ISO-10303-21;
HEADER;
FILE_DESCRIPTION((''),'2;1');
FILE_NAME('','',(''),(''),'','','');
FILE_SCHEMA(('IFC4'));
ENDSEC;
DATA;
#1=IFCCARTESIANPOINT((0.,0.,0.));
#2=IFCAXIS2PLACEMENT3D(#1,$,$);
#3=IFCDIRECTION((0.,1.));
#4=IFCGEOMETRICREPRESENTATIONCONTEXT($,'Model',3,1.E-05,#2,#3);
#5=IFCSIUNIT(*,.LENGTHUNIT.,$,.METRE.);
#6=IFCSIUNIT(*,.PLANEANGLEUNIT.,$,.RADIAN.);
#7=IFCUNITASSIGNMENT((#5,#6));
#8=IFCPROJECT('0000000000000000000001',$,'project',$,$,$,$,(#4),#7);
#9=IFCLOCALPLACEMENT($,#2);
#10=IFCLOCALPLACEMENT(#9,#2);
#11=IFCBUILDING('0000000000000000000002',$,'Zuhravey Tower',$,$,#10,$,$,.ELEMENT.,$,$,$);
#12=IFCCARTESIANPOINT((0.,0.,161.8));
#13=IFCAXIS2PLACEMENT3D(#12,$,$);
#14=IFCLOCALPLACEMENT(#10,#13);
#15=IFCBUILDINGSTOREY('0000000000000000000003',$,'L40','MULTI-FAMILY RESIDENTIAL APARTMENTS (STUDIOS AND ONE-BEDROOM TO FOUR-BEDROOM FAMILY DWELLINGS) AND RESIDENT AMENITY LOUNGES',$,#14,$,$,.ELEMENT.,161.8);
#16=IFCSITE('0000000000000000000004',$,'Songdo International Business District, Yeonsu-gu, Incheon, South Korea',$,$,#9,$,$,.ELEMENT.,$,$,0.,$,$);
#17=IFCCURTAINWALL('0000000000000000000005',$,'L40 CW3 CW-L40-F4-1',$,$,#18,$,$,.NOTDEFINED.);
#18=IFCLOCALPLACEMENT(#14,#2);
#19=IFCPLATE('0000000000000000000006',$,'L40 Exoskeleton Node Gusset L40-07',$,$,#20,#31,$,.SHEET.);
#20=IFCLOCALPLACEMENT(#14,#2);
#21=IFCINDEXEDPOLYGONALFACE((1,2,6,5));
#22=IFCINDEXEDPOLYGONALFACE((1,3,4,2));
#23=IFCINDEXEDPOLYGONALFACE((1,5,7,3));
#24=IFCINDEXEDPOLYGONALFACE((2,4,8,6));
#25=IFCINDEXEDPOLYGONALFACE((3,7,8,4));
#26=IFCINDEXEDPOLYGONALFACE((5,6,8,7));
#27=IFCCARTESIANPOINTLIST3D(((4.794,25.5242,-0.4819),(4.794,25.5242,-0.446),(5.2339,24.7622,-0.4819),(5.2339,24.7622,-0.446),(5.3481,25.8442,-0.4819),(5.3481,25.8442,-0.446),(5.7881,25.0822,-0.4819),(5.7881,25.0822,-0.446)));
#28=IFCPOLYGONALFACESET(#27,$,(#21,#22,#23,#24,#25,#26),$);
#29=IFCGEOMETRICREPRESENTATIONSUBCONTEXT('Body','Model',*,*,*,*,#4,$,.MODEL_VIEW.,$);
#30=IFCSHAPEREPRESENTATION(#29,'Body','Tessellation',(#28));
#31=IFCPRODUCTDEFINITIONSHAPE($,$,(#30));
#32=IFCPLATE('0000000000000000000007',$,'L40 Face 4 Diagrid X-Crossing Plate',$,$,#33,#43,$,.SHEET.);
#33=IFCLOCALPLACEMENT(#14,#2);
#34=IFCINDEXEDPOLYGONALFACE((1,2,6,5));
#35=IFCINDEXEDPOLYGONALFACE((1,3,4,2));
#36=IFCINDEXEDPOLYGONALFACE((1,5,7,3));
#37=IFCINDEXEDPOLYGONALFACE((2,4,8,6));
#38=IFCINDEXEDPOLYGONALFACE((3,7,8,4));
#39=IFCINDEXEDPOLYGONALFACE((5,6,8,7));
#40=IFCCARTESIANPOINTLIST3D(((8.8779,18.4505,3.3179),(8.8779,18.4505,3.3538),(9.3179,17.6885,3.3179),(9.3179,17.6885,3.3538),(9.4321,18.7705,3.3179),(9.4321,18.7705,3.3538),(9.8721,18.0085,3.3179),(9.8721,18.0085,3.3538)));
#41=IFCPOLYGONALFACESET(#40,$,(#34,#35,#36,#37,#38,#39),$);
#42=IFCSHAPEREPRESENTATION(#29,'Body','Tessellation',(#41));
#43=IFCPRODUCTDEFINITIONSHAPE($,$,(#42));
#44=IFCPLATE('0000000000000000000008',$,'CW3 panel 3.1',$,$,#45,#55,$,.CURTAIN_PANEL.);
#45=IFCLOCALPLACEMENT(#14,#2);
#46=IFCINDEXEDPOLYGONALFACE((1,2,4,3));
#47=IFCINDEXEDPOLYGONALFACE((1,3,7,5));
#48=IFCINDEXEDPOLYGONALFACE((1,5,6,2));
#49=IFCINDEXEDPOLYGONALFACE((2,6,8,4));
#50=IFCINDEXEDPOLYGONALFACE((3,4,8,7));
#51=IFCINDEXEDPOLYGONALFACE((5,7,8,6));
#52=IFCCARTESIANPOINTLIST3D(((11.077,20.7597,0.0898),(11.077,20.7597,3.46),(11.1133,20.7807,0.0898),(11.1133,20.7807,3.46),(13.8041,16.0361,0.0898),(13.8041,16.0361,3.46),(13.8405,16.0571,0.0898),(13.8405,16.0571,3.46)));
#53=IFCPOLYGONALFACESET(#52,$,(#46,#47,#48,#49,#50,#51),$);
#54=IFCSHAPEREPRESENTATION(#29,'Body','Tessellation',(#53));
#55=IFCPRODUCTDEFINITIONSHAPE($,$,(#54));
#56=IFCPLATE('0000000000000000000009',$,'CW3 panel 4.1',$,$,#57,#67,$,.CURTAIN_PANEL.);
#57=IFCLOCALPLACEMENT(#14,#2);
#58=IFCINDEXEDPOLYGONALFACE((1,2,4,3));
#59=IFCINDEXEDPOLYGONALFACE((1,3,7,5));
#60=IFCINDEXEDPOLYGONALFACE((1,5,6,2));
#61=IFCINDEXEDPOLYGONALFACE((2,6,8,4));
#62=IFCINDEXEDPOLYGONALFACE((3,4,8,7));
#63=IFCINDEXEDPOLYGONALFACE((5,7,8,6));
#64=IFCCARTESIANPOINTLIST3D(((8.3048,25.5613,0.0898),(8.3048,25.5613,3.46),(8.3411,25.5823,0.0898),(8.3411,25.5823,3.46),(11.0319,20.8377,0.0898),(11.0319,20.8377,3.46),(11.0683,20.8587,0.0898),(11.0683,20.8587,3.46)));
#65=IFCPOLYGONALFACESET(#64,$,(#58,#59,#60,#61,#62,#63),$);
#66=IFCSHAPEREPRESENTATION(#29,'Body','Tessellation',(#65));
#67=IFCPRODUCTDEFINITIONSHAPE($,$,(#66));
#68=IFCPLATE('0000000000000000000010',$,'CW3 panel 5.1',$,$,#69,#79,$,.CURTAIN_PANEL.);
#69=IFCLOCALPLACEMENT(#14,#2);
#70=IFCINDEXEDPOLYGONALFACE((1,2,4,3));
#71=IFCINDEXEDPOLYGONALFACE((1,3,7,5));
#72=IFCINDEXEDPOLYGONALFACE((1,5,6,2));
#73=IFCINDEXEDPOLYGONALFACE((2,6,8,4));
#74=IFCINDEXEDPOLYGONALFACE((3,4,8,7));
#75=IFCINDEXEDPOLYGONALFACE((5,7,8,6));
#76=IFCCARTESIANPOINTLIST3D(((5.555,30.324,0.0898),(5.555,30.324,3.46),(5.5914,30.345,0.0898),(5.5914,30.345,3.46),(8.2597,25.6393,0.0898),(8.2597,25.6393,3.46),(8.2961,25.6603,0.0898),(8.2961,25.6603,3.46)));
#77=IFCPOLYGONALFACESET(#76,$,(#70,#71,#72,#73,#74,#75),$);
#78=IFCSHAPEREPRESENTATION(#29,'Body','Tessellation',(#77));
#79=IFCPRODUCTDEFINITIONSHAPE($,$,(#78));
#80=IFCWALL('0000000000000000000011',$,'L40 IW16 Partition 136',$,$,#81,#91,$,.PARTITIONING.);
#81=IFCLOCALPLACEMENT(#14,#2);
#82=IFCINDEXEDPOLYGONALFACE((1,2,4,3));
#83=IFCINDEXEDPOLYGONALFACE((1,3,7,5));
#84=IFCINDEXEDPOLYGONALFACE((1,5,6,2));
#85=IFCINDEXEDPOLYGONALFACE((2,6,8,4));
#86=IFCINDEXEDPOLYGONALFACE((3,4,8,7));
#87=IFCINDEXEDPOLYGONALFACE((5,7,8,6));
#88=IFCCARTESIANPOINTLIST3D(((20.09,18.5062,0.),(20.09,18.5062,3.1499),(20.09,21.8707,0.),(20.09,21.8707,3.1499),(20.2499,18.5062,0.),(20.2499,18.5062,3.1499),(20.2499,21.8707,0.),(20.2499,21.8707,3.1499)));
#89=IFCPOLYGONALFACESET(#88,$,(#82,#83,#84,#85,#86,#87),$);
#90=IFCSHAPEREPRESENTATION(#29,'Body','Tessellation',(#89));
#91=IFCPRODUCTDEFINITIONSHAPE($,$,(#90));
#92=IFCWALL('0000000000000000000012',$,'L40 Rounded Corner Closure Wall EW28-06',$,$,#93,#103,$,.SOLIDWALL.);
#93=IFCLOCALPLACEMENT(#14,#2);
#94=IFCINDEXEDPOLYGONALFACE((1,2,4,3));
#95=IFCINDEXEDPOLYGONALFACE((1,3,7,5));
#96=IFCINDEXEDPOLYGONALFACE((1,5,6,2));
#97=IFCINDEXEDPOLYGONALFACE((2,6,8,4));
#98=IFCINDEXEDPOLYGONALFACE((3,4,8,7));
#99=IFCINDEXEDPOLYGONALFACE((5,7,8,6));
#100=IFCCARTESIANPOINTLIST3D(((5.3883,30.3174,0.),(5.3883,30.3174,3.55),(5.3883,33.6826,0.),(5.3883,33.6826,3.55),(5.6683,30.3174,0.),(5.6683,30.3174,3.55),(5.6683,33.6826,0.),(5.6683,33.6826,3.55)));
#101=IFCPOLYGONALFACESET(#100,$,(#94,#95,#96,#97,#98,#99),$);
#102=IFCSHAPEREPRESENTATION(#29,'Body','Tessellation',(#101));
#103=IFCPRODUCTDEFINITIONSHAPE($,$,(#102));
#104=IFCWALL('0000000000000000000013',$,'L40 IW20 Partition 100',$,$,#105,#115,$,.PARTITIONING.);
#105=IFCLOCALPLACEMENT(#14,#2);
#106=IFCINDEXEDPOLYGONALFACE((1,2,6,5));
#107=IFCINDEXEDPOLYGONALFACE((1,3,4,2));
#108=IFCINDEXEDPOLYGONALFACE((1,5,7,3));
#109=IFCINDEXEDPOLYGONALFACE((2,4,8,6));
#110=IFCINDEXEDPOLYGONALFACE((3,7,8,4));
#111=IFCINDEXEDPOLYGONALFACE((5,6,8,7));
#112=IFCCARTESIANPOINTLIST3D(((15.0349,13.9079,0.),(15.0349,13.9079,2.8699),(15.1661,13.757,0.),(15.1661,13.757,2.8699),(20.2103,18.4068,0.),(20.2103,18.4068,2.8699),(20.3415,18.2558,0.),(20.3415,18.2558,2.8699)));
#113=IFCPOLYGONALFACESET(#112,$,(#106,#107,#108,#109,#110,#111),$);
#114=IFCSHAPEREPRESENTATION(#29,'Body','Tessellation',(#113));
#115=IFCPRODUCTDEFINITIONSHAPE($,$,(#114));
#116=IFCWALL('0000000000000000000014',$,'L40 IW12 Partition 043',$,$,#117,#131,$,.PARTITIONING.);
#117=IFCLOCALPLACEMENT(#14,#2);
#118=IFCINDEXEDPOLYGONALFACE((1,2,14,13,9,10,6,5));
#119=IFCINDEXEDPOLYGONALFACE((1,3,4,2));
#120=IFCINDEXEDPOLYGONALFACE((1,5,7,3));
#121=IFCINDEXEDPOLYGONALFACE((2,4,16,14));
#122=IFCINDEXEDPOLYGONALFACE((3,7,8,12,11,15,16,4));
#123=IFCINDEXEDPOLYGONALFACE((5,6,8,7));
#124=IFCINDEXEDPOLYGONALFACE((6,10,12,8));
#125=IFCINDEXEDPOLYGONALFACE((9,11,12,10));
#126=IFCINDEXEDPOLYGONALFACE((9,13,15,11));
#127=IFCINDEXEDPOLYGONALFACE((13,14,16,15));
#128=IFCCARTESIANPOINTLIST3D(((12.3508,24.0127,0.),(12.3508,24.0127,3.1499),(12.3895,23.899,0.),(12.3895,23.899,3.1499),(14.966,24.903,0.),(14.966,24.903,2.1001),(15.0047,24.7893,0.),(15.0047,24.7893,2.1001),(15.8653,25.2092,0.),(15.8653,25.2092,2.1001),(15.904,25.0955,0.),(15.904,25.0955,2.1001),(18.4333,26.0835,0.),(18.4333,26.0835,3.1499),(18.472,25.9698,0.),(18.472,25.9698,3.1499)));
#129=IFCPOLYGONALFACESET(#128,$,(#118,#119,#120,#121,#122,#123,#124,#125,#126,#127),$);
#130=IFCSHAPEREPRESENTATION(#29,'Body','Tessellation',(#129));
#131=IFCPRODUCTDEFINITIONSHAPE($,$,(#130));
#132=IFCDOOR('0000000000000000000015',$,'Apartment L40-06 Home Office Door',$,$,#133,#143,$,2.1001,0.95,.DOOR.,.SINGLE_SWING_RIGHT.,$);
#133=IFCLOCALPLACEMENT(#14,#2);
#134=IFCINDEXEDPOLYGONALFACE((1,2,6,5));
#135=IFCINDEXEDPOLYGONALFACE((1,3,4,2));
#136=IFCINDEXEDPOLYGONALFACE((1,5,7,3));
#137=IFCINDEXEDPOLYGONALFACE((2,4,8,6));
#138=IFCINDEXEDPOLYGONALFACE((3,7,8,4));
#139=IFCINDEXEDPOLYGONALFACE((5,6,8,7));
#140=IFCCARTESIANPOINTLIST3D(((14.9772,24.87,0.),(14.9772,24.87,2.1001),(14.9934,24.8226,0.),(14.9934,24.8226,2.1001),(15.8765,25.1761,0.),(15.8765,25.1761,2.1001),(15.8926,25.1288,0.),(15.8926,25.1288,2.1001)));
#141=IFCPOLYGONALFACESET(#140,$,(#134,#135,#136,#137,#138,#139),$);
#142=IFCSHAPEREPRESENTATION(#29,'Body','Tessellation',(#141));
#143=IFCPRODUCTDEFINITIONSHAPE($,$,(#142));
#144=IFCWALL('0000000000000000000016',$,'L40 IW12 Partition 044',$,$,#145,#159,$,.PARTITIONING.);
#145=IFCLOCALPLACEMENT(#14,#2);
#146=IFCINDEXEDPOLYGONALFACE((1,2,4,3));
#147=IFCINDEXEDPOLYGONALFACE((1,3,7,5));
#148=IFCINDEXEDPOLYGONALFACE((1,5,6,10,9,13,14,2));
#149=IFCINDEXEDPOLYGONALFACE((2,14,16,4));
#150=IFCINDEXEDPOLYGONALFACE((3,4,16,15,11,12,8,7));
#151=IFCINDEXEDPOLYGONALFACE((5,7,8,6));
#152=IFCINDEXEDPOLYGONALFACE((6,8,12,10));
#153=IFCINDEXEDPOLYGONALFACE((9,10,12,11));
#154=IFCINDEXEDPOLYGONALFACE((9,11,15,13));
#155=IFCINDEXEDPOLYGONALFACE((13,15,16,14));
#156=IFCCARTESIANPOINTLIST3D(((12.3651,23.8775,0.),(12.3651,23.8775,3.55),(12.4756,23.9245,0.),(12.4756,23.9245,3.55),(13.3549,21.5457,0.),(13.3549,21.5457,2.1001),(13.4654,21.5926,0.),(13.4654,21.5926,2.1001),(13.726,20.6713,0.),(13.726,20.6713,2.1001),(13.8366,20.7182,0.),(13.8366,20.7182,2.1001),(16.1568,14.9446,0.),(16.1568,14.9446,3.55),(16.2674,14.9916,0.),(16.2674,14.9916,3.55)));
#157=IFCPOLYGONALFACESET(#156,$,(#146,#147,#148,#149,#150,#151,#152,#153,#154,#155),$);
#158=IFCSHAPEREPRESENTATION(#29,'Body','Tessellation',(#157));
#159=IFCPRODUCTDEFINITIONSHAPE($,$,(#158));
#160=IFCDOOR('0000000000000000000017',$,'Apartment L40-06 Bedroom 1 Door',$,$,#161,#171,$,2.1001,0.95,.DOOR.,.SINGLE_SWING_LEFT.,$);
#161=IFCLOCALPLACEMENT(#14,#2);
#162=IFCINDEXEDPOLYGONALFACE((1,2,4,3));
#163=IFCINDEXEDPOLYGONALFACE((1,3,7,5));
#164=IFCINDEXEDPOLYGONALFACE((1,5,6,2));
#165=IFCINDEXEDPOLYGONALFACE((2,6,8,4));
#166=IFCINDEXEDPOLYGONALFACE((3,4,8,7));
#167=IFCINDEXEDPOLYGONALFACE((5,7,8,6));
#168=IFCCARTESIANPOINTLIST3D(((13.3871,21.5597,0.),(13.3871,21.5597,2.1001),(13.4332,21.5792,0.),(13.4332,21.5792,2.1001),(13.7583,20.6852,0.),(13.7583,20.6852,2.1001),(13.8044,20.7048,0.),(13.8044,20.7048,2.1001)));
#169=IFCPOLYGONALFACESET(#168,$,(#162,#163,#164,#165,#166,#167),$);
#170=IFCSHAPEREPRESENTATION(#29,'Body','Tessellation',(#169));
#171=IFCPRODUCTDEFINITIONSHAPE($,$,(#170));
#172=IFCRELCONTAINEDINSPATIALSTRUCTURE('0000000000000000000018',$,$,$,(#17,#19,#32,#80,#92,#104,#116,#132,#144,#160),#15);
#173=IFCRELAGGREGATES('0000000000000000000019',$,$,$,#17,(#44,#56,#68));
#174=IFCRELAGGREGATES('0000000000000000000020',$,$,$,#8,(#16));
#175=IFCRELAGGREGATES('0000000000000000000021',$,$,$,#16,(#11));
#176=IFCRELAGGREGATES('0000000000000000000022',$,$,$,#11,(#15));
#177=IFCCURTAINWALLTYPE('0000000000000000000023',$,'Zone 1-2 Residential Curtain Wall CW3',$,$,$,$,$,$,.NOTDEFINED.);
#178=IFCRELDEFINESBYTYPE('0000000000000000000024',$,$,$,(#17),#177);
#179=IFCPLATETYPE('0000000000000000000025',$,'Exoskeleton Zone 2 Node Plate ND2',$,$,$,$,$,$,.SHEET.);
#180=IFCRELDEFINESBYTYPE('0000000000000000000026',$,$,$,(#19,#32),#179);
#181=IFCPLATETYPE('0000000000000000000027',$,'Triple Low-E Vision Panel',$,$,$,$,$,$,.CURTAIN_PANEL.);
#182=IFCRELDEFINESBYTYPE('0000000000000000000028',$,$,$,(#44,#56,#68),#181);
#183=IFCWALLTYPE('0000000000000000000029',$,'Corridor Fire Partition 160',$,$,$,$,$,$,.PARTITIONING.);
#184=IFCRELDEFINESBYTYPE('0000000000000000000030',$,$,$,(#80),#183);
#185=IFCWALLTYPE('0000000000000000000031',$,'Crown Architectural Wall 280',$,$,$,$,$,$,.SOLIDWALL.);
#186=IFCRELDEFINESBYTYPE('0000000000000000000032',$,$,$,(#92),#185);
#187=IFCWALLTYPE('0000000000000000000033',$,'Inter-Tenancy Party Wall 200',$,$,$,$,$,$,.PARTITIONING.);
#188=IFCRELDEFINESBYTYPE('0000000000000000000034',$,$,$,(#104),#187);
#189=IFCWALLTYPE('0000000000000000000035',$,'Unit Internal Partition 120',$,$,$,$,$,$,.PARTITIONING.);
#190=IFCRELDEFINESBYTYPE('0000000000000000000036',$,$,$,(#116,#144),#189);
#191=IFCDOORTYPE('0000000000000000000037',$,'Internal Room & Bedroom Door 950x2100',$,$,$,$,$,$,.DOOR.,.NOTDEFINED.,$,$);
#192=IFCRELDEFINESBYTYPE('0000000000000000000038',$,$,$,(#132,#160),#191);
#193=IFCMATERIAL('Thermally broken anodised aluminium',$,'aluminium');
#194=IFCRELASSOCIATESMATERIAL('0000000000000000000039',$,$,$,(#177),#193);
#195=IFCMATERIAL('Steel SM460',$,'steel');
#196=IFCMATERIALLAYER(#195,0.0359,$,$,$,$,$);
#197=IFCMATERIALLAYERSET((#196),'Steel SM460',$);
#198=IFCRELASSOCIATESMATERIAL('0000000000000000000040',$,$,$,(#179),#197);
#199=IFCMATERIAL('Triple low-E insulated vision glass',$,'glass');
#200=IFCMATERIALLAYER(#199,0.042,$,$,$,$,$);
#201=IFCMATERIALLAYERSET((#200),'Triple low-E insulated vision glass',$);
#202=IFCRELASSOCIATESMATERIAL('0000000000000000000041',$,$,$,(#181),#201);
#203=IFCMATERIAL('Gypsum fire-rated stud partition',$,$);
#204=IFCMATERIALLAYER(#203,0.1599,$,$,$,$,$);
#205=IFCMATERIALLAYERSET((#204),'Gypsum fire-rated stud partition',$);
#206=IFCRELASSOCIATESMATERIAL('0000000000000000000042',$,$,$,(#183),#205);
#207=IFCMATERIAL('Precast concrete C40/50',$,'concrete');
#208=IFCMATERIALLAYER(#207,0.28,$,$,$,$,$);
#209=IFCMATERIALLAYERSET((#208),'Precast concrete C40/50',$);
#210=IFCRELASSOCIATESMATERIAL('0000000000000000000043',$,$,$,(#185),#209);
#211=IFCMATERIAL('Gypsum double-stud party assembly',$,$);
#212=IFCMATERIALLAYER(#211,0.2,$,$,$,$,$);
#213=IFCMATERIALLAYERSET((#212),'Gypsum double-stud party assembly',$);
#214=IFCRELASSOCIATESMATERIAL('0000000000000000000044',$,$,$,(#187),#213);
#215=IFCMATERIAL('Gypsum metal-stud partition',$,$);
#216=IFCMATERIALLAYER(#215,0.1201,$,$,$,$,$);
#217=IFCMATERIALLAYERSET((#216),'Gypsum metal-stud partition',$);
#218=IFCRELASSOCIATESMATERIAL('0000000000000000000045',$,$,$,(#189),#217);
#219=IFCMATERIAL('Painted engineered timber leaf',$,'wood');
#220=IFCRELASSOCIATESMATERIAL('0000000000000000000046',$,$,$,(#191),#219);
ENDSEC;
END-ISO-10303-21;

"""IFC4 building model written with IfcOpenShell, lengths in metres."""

from ifc_helpers import new_model, si_unit, direction, frame, frame_2d, origin, origin_2d, place, context, subcontext, project, spatial, rectangle, extrude, material, layer, layer_set, type_object, element, fill, aggregate, save


model = new_model("IFC4")

# Units and contexts
model_context = context("Model", 3, precision=1e-05, world=origin(), true_north=direction((0.0, 1.0)))
body_context = subcontext(model_context, "Body", "Model", "MODEL_VIEW")
ifc_project = project(units=[si_unit("LENGTHUNIT", "METRE"), si_unit("PLANEANGLEUNIT", "RADIAN")], contexts=[model_context])

# Site, building, storey
site_placement = place(None, origin())
site = spatial("IfcSite", under=ifc_project, at=site_placement, Name="Songdo International Business District, Yeonsu-gu, Incheon, South Korea", CompositionType="ELEMENT", RefElevation=0.0)
building_placement = place(site_placement, origin())
building = spatial("IfcBuilding", under=site, at=building_placement, Name="Zuhravey Tower", CompositionType="ELEMENT")
storey_placement = place(building_placement, frame((0.0, 0.0, 161.8)))
storey = spatial("IfcBuildingStorey", under=building, at=storey_placement, Name="L40", Description="MULTI-FAMILY RESIDENTIAL APARTMENTS (STUDIOS AND ONE-BEDROOM TO FOUR-BEDROOM FAMILY DWELLINGS) AND RESIDENT AMENITY LOUNGES", CompositionType="ELEMENT", Elevation=161.8)

# Curtain wall
ifc_material_1 = material(Name="Thermally broken anodised aluminium", Category="aluminium")
curtain_wall_type = type_object("IfcCurtainWallType", Name="Zone 1-2 Residential Curtain Wall CW3", PredefinedType="NOTDEFINED", material=ifc_material_1)
curtain_wall_placement = place(storey_placement, origin())
curtain_wall = element("IfcCurtainWall", 1, at=curtain_wall_placement, inside=storey, type_object=curtain_wall_type, Name="L40 CW3 CW-L40-F4-1", PredefinedType="NOTDEFINED")

# Shared definitions
ifc_material_2 = material(Name="Steel SM460", Category="steel")

# Plates
ifc_layer_1 = layer(ifc_material_2, 0.0359)
ifc_layer_set_1 = layer_set([ifc_layer_1], Name="Steel SM460")
plate_type_1 = type_object("IfcPlateType", Name="Exoskeleton Zone 2 Node Plate ND2", PredefinedType="SHEET", material=ifc_layer_set_1)
for number, where, z_axis, x_axis, name in (
    (2, (5.291, 25.3032, -0.4819), (0.0, 0.0, 1.0), (0.5, -0.866025, 0.0), "L40 Exoskeleton Node Gusset L40-07"),
    (3, (9.375, 18.2295, 3.3179), (0.0, 0.0, 1.0), (0.5, -0.866025, 0.0), "L40 Face 4 Diagrid X-Crossing Plate"),
):
    element("IfcPlate", number, at=place(storey_placement, frame(where, z_axis=z_axis, x_axis=x_axis)), inside=storey, type_object=plate_type_1, Name=name, PredefinedType="SHEET", context=body_context, shape_type="SweptSolid", body=[
        extrude(rectangle(XDim=0.8799, YDim=0.6399, at=origin_2d()), origin(), (0.0, 0.0, 1.0), 0.0359),
    ])

# Plates
ifc_material_3 = material(Name="Triple low-E insulated vision glass", Category="glass")
ifc_layer_2 = layer(ifc_material_3, 0.042)
ifc_layer_set_2 = layer_set([ifc_layer_2], Name="Triple low-E insulated vision glass")
plate_type_2 = type_object("IfcPlateType", Name="Triple Low-E Vision Panel", PredefinedType="CURTAIN_PANEL", material=ifc_layer_set_2)
plate_1_placement = place(storey_placement, frame((12.4587, 18.4084, 0.0898), z_axis=(0.0, 0.0, 1.0), x_axis=(-0.5, 0.866025, 0.0)))
plate_1 = element("IfcPlate", 4, at=plate_1_placement, type_object=plate_type_2, Name="CW3 panel 3.1", PredefinedType="CURTAIN_PANEL", context=body_context, shape_type="SweptSolid", body=[
    extrude(rectangle(XDim=5.4543, YDim=0.042, at=origin_2d()), origin(), (0.0, 0.0, 1.0), 3.3701),
])
plate_2_placement = place(storey_placement, frame((9.6865, 23.21, 0.0898), z_axis=(0.0, 0.0, 1.0), x_axis=(-0.5, 0.866025, 0.0)))
plate_2 = element("IfcPlate", 5, at=plate_2_placement, type_object=plate_type_2, Name="CW3 panel 4.1", PredefinedType="CURTAIN_PANEL", context=body_context, shape_type="SweptSolid", body=[
    extrude(rectangle(XDim=5.4543, YDim=0.042, at=origin_2d()), origin(), (0.0, 0.0, 1.0), 3.3701),
])
plate_3_placement = place(storey_placement, frame((6.9255, 27.9922, 0.0898), z_axis=(0.0, 0.0, 1.0), x_axis=(-0.5, 0.866025, 0.0)))
plate_3 = element("IfcPlate", 6, at=plate_3_placement, type_object=plate_type_2, Name="CW3 panel 5.1", PredefinedType="CURTAIN_PANEL", context=body_context, shape_type="SweptSolid", body=[
    extrude(rectangle(XDim=5.4094, YDim=0.042, at=origin_2d()), origin(), (0.0, 0.0, 1.0), 3.3701),
])
aggregate(curtain_wall, [plate_1, plate_2, plate_3])

# Walls
ifc_material_4 = material(Name="Gypsum fire-rated stud partition")
ifc_layer_3 = layer(ifc_material_4, 0.1599)
ifc_layer_set_3 = layer_set([ifc_layer_3], Name="Gypsum fire-rated stud partition")
wall_type_1 = type_object("IfcWallType", Name="Corridor Fire Partition 160", PredefinedType="PARTITIONING", material=ifc_layer_set_3)
wall_1_placement = place(storey_placement, frame((20.1699, 21.8706, 0.0), z_axis=(0.0, 0.0, 1.0), x_axis=(0.0, -1.0, 0.0)))
element("IfcWall", 7, at=wall_1_placement, inside=storey, type_object=wall_type_1, Name="L40 IW16 Partition 136", PredefinedType="PARTITIONING", context=body_context, shape_type="SweptSolid", body=[
    extrude(rectangle(XDim=3.3645, YDim=0.1599, at=frame_2d((1.6821, 0.0))), origin(), (0.0, 0.0, 1.0), 3.1499),
])
ifc_material_5 = material(Name="Precast concrete C40/50", Category="concrete")
ifc_layer_4 = layer(ifc_material_5, 0.28)
ifc_layer_set_4 = layer_set([ifc_layer_4], Name="Precast concrete C40/50")
wall_type_2 = type_object("IfcWallType", Name="Crown Architectural Wall 280", PredefinedType="SOLIDWALL", material=ifc_layer_set_4)
wall_2_placement = place(storey_placement, frame((5.5283, 30.3174, 0.0), z_axis=(0.0, 0.0, 1.0), x_axis=(0.0, 1.0, 0.0)))
element("IfcWall", 8, at=wall_2_placement, inside=storey, type_object=wall_type_2, Name="L40 Rounded Corner Closure Wall EW28-06", PredefinedType="SOLIDWALL", context=body_context, shape_type="SweptSolid", body=[
    extrude(rectangle(XDim=3.3652, YDim=0.28, at=frame_2d((1.6826, 0.0))), origin(), (0.0, 0.0, 1.0), 3.55),
])
ifc_material_6 = material(Name="Gypsum double-stud party assembly")
ifc_layer_5 = layer(ifc_material_6, 0.2)
ifc_layer_set_5 = layer_set([ifc_layer_5], Name="Gypsum double-stud party assembly")
wall_type_3 = type_object("IfcWallType", Name="Inter-Tenancy Party Wall 200", PredefinedType="PARTITIONING", material=ifc_layer_set_5)
wall_3_placement = place(storey_placement, frame((20.2759, 18.3313, 0.0), z_axis=(0.0, 0.0, 1.0), x_axis=(-0.754712, -0.656056, 0.0)))
element("IfcWall", 9, at=wall_3_placement, inside=storey, type_object=wall_type_3, Name="L40 IW20 Partition 100", PredefinedType="PARTITIONING", context=body_context, shape_type="SweptSolid", body=[
    extrude(rectangle(XDim=6.8574, YDim=0.2, at=frame_2d((3.4287, 0.0))), origin(), (0.0, 0.0, 1.0), 2.8699),
])

# Walls, openings, doors
ifc_material_7 = material(Name="Gypsum metal-stud partition")
ifc_layer_6 = layer(ifc_material_7, 0.1201)
ifc_layer_set_6 = layer_set([ifc_layer_6], Name="Gypsum metal-stud partition")
wall_type_4 = type_object("IfcWallType", Name="Unit Internal Partition 120", PredefinedType="PARTITIONING", material=ifc_layer_set_6)
wall_4_placement = place(storey_placement, frame((18.4526, 26.0266, 0.0), z_axis=(0.0, 0.0, 1.0), x_axis=(-0.946643, -0.322286, 0.0)))
wall_4 = element("IfcWall", 10, at=wall_4_placement, inside=storey, type_object=wall_type_4, Name="L40 IW12 Partition 043", PredefinedType="PARTITIONING", context=body_context, shape_type="SweptSolid", body=[
    extrude(rectangle(XDim=6.4253, YDim=0.1201, at=frame_2d((3.2126, 0.0))), origin(), (0.0, 0.0, 1.0), 3.1499),
])
opening_1_placement = place(wall_4_placement, frame((2.7126, 0.0, 0.0)))
opening_1 = element("IfcOpeningElement", 11, at=opening_1_placement, cuts=wall_4, PredefinedType="OPENING", context=body_context, shape_type="SweptSolid", body=[
    extrude(rectangle(XDim=0.95, YDim=2.1001, at=frame_2d((0.4751, 1.05))), frame((0.0, 0.072, 0.0), z_axis=(0.0, -1.0, 0.0), x_axis=(1.0, 0.0, 0.0)), (0.0, 0.0, 1.0), 0.144),
])
ifc_material_8 = material(Name="Painted engineered timber leaf", Category="wood")
door_type = type_object("IfcDoorType", Name="Internal Room & Bedroom Door 950x2100", OperationType="NOTDEFINED", PredefinedType="DOOR", material=ifc_material_8)
door_1_placement = place(opening_1_placement, origin())
door_1 = element("IfcDoor", 12, at=door_1_placement, inside=storey, type_object=door_type, Name="Apartment L40-06 Home Office Door", OperationType="SINGLE_SWING_RIGHT", OverallHeight=2.1001, OverallWidth=0.95, PredefinedType="DOOR", context=body_context, shape_type="SweptSolid", body=[
    extrude(rectangle(XDim=0.95, YDim=2.1001, at=frame_2d((0.4751, 1.05))), frame((0.0, 0.0249, 0.0), z_axis=(0.0, -1.0, 0.0), x_axis=(1.0, 0.0, 0.0)), (0.0, 0.0, 1.0), 0.05),
])
fill(opening_1, door_1)
wall_5_placement = place(storey_placement, frame((12.4204, 23.9009, 0.0), z_axis=(0.0, 0.0, 1.0), x_axis=(0.390729, -0.920506, 0.0)))
wall_5 = element("IfcWall", 13, at=wall_5_placement, inside=storey, type_object=wall_type_4, Name="L40 IW12 Partition 044", PredefinedType="PARTITIONING", context=body_context, shape_type="SweptSolid", body=[
    extrude(rectangle(XDim=9.7043, YDim=0.1201, at=frame_2d((4.8521, 0.0))), origin(), (0.0, 0.0, 1.0), 3.55),
])
opening_2_placement = place(wall_5_placement, frame((2.533, 0.0, 0.0)))
opening_2 = element("IfcOpeningElement", 14, at=opening_2_placement, cuts=wall_5, PredefinedType="OPENING", context=body_context, shape_type="SweptSolid", body=[
    extrude(rectangle(XDim=0.95, YDim=2.1001, at=frame_2d((0.4751, 1.05))), frame((0.0, 0.072, 0.0), z_axis=(0.0, -1.0, 0.0), x_axis=(1.0, 0.0, 0.0)), (0.0, 0.0, 1.0), 0.144),
])
door_2_placement = place(opening_2_placement, frame((0.95, 0.0, 0.0), z_axis=(0.0, 0.0, 1.0), x_axis=(-1.0, 0.0, 0.0)))
door_2 = element("IfcDoor", 15, at=door_2_placement, inside=storey, type_object=door_type, Name="Apartment L40-06 Bedroom 1 Door", OperationType="SINGLE_SWING_LEFT", OverallHeight=2.1001, OverallWidth=0.95, PredefinedType="DOOR", context=body_context, shape_type="SweptSolid", body=[
    extrude(rectangle(XDim=0.95, YDim=2.1001, at=frame_2d((0.4751, 1.05))), frame((0.0, 0.0249, 0.0), z_axis=(0.0, -1.0, 0.0), x_axis=(1.0, 0.0, 0.0)), (0.0, 0.0, 1.0), 0.05),
])
fill(opening_2, door_2)

save(model, "model.ifc")
